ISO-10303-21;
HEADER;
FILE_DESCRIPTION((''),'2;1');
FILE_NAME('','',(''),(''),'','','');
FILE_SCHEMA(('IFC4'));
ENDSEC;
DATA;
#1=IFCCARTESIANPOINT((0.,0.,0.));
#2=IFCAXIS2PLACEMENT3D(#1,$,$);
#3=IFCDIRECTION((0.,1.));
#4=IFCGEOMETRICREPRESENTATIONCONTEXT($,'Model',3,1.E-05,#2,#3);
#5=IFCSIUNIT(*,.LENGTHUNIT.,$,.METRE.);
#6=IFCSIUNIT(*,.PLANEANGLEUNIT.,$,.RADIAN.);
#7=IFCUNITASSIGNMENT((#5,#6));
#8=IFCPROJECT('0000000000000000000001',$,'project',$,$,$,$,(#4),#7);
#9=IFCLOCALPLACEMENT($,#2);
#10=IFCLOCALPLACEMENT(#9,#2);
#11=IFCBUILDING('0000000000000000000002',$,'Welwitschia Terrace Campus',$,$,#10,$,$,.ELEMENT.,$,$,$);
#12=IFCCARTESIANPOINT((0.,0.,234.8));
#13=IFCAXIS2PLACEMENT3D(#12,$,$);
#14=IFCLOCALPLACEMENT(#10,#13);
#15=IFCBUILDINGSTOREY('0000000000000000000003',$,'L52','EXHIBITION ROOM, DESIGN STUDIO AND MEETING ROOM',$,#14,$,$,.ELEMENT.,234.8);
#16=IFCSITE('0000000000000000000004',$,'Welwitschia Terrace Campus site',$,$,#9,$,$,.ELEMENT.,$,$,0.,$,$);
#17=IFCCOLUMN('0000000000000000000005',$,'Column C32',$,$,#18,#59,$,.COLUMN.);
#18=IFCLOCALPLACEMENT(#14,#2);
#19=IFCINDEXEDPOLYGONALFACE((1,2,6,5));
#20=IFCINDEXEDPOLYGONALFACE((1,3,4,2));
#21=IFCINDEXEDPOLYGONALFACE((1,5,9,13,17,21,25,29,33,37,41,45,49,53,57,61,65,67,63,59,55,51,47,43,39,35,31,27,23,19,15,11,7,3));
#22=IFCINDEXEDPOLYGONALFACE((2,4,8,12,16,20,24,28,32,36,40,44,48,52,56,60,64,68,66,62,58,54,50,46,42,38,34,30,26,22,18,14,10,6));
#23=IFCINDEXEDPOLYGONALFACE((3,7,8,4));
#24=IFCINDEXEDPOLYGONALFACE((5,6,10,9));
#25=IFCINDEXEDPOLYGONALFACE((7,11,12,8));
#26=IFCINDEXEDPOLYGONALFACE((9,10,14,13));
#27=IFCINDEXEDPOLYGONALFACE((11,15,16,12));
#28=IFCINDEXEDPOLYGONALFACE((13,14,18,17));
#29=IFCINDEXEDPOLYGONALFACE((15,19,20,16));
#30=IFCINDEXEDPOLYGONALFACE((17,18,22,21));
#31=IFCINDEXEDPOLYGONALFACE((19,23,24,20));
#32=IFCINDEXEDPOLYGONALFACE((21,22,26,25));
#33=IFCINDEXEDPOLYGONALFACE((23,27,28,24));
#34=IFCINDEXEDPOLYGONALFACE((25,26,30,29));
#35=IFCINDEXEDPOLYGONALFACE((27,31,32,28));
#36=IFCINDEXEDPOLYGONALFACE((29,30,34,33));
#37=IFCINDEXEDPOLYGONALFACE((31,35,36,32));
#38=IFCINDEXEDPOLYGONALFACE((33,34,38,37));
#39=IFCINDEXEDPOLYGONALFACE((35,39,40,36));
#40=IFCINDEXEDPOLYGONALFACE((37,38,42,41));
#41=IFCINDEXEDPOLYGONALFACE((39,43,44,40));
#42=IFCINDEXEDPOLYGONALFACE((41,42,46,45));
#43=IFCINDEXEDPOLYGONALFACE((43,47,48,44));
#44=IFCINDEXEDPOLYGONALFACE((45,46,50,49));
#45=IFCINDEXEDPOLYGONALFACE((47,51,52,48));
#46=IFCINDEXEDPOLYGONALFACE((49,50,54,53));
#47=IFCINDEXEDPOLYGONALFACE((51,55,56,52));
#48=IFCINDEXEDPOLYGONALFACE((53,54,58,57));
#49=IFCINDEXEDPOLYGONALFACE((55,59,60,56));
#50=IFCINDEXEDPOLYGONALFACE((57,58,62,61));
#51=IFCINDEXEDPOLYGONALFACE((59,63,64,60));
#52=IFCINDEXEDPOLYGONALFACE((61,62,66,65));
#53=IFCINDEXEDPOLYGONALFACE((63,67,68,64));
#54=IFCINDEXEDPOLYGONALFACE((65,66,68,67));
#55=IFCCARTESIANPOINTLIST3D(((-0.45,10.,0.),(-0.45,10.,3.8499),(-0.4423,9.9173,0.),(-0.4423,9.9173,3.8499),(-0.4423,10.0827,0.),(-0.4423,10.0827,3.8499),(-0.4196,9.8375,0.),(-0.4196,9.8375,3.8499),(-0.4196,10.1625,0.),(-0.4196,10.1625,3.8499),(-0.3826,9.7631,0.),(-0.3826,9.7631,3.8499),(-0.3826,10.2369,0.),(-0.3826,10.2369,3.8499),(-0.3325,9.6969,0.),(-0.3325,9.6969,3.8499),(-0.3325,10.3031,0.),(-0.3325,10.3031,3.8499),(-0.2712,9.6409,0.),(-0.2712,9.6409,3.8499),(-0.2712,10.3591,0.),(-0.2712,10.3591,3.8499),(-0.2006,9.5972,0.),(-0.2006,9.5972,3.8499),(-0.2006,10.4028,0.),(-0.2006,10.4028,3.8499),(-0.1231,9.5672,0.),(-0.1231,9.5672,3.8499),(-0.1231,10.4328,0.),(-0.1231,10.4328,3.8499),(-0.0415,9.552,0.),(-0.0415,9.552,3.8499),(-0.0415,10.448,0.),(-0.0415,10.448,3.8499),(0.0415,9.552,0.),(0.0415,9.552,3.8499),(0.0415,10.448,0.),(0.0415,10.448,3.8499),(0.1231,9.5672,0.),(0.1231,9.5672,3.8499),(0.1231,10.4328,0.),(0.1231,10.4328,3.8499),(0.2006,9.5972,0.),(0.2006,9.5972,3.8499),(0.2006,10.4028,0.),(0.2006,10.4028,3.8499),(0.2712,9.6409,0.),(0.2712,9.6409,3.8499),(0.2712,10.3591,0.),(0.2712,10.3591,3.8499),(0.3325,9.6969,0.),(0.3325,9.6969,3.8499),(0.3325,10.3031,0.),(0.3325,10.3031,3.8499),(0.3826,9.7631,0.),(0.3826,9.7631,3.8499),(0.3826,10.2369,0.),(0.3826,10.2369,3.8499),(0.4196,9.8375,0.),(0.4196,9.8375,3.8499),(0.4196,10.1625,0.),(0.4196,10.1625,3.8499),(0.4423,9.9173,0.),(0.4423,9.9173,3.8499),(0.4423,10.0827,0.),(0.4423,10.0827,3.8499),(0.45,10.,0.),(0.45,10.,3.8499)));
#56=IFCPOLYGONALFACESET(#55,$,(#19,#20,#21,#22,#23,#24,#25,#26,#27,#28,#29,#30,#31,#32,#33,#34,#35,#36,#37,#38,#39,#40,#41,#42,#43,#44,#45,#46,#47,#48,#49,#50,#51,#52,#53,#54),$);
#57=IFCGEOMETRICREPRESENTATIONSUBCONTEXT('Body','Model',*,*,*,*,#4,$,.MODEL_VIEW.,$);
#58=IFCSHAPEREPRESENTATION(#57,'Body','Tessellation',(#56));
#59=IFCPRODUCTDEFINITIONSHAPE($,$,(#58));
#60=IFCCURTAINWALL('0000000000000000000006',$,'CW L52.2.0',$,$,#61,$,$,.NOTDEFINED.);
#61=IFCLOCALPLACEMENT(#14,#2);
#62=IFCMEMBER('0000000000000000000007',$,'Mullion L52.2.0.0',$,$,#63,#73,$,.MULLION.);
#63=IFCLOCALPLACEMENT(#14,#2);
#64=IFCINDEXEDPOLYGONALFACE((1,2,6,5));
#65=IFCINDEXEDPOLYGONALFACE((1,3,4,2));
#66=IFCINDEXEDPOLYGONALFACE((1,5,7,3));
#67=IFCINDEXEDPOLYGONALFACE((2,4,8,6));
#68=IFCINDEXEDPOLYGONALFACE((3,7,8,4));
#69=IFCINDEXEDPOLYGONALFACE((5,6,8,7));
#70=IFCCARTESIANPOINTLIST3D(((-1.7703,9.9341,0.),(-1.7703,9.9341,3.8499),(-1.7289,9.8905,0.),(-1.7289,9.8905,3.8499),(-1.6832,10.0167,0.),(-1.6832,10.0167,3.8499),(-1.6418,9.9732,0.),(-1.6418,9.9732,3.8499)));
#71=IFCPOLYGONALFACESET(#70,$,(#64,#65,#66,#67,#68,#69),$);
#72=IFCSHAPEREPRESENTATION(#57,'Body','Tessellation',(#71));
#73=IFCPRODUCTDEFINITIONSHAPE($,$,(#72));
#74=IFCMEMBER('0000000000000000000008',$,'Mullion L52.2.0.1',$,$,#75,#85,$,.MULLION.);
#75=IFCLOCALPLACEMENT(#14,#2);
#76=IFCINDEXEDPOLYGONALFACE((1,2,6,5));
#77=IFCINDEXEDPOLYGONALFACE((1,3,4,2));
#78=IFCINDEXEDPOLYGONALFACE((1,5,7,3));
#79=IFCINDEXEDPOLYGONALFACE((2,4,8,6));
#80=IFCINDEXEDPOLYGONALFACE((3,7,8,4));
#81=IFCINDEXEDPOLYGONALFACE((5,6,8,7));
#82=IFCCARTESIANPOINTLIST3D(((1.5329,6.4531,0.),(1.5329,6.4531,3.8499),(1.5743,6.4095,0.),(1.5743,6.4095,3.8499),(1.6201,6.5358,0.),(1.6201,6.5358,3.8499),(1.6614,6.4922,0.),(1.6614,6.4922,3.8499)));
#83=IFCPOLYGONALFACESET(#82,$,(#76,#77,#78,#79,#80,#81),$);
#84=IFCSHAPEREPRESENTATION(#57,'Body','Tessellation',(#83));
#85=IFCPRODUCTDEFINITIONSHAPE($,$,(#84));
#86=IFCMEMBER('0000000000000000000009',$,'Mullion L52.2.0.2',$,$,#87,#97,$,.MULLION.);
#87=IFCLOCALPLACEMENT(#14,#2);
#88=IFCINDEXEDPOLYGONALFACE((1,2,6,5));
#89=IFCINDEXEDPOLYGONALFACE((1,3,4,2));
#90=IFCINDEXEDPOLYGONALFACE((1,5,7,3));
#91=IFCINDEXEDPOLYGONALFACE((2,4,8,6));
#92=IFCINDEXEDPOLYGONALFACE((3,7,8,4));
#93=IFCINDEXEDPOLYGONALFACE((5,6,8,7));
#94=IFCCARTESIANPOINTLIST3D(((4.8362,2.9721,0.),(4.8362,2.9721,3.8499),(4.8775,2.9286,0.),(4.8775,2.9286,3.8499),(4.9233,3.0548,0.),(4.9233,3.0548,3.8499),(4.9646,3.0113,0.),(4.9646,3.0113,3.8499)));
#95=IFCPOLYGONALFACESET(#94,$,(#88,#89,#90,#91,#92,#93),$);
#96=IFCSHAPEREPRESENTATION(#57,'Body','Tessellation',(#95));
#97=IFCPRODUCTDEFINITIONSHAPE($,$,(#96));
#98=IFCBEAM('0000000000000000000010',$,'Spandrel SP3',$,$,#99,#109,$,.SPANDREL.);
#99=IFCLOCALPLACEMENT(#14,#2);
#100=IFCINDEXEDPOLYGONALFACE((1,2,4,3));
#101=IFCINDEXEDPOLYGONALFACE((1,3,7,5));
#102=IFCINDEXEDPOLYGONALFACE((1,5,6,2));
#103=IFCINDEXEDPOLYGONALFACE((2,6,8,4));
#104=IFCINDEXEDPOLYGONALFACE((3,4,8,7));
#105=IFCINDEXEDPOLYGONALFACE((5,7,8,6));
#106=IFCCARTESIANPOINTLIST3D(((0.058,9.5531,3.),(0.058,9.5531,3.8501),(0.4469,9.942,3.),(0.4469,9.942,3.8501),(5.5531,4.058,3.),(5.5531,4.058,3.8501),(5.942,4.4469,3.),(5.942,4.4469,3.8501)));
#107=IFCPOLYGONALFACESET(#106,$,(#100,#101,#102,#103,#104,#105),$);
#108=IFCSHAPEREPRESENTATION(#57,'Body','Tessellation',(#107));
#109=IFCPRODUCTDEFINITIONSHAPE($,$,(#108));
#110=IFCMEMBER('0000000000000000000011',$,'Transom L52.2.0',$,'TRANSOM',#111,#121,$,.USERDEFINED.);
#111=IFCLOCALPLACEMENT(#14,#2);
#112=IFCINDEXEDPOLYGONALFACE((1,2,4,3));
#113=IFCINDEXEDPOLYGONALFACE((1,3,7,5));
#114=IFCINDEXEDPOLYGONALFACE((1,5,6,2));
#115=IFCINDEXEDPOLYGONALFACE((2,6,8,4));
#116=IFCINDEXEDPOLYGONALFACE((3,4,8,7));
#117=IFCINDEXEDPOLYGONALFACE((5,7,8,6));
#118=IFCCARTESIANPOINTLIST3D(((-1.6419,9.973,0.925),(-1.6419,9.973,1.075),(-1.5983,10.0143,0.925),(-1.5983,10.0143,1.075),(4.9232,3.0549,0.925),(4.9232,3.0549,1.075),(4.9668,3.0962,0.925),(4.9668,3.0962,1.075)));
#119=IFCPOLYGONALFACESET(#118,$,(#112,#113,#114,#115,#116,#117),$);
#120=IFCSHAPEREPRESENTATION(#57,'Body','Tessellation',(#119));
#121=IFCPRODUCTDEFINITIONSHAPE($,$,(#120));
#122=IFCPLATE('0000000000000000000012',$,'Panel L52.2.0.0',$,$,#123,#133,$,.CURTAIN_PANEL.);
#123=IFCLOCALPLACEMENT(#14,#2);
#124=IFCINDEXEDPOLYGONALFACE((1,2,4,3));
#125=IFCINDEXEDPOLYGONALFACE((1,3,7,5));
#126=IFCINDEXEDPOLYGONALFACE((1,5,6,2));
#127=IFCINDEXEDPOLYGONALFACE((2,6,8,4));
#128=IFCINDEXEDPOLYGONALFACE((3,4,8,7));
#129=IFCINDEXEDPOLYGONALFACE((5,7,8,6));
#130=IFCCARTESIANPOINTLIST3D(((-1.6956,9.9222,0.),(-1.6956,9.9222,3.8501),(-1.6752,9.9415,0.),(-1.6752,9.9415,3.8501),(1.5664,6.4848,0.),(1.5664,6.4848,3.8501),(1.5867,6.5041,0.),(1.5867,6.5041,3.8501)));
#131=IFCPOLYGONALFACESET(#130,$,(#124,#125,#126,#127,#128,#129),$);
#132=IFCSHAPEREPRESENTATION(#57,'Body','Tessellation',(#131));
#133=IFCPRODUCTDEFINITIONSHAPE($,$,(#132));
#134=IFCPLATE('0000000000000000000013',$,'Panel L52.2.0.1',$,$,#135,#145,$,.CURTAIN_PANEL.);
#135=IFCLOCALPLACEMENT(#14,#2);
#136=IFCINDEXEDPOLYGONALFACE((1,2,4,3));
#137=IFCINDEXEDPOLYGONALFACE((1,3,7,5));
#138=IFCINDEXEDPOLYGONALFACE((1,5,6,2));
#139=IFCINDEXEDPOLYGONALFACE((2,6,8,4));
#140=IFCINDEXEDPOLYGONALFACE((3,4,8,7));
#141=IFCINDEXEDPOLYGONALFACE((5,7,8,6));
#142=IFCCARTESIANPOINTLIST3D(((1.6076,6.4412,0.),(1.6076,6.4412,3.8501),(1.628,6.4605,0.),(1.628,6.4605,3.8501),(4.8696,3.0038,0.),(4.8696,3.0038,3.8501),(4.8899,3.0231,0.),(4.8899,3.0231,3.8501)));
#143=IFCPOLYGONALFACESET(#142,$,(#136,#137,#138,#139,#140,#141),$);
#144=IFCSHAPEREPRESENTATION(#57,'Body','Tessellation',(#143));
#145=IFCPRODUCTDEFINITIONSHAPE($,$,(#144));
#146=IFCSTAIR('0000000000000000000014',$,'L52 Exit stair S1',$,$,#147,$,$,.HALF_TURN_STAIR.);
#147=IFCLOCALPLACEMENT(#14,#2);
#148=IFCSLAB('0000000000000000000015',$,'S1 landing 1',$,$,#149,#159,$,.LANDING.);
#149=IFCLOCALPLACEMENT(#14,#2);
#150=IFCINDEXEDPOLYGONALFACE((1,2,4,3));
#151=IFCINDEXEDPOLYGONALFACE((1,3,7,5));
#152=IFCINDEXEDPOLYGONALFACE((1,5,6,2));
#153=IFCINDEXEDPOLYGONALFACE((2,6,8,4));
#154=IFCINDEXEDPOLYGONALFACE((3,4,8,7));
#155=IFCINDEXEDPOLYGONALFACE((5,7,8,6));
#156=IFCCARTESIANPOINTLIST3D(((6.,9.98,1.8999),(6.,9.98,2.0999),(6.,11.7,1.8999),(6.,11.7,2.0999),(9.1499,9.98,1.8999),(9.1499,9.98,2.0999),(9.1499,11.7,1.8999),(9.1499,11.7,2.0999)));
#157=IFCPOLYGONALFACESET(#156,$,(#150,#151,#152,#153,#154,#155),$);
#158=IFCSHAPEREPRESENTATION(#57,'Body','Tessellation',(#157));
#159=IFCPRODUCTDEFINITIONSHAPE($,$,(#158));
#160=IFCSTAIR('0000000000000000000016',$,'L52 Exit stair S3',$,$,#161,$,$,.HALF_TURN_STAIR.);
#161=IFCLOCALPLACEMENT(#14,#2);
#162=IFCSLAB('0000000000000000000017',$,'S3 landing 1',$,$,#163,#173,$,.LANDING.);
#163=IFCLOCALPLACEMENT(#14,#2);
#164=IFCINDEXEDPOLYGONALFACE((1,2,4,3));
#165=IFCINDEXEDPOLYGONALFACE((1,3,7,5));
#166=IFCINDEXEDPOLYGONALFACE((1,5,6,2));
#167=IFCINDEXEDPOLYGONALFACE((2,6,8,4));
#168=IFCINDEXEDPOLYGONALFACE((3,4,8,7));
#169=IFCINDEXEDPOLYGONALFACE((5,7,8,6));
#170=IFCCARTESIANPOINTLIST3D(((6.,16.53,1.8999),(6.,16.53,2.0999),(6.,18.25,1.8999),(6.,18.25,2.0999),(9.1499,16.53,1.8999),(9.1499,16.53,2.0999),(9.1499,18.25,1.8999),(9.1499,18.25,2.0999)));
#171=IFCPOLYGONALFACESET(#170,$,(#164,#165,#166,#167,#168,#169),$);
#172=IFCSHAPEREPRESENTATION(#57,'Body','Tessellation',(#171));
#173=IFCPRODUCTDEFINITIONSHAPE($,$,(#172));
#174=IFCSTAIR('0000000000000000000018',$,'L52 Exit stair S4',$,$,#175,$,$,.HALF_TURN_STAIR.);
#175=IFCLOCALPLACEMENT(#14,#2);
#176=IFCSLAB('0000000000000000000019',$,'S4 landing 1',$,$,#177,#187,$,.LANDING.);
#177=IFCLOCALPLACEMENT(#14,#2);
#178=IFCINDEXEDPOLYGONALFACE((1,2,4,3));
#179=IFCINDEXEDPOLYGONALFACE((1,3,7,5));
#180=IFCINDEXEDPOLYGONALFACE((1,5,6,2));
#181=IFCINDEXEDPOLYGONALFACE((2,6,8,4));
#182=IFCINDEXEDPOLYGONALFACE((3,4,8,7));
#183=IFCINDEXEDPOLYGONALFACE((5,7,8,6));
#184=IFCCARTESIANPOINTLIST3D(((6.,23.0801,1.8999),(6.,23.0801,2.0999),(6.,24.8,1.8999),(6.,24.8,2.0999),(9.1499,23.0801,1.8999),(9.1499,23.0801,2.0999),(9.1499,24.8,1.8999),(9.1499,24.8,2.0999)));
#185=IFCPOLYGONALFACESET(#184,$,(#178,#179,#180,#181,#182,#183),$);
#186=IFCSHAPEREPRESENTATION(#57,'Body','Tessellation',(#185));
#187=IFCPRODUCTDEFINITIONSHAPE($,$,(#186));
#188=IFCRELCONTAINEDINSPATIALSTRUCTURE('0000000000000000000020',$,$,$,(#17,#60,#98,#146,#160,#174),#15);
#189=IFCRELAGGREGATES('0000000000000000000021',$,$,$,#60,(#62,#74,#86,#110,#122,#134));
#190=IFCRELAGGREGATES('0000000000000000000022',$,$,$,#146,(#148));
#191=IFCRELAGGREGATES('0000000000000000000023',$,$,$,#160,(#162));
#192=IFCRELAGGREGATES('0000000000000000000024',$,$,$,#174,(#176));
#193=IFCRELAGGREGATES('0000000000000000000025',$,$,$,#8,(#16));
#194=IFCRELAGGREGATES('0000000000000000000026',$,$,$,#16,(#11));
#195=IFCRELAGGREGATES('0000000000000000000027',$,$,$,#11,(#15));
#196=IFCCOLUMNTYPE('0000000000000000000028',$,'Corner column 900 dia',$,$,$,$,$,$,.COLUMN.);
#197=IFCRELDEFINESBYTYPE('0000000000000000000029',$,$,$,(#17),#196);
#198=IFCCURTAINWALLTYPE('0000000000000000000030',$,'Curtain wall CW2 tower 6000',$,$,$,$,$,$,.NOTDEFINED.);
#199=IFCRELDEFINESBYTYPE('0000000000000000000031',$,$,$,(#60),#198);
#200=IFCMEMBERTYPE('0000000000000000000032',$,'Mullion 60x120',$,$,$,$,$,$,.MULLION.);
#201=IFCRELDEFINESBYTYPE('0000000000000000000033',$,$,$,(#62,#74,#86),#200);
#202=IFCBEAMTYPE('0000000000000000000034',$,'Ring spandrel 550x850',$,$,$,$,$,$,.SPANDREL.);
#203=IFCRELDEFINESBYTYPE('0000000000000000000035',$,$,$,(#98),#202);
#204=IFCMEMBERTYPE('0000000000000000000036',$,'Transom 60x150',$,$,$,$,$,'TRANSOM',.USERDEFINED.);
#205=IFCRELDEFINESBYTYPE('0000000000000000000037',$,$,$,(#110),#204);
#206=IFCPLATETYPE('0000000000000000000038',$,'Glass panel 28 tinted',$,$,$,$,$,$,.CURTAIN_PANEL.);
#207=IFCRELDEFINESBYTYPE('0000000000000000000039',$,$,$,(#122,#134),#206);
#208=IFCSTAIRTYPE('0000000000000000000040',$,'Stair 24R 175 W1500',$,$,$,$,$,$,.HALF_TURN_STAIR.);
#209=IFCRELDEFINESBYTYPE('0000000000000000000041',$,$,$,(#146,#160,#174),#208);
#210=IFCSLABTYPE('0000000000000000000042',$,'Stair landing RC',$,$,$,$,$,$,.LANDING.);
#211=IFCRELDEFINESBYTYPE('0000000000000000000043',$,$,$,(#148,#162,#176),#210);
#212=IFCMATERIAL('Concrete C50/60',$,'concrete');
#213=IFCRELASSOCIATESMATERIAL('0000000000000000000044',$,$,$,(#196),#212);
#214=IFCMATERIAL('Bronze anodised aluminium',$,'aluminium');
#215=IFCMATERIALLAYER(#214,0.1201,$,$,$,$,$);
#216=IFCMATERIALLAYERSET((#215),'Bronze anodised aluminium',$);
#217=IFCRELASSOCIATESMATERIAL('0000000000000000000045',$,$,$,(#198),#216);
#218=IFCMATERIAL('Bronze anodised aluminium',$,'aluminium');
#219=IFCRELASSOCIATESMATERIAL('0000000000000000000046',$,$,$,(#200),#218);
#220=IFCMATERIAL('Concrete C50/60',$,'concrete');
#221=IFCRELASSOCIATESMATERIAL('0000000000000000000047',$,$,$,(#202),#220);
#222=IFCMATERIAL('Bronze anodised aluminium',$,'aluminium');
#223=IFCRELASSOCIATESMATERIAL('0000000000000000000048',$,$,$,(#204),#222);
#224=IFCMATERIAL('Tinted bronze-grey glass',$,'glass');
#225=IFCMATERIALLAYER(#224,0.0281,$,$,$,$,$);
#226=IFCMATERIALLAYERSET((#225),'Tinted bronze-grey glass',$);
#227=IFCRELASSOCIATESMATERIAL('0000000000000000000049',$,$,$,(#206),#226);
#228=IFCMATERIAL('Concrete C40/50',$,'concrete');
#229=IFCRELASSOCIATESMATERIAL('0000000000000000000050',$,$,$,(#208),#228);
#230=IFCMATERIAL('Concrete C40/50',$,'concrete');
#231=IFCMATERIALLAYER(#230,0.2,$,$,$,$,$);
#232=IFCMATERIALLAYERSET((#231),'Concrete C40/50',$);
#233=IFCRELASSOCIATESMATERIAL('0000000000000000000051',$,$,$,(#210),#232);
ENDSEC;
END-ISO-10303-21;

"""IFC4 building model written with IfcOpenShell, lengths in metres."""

from ifc_helpers import new_model, si_unit, direction, frame, origin, origin_2d, place, context, subcontext, project, spatial, polyline, rectangle, circle, outline, extrude, material, layer, layer_set, material_profile, profile_set, type_object, element, aggregate, save


model = new_model("IFC4")

# Units and contexts
model_context = context("Model", 3, precision=1e-05, world=origin(), true_north=direction((0.0, 1.0)))
body_context = subcontext(model_context, "Body", "Model", "MODEL_VIEW")
ifc_project = project(units=[si_unit("LENGTHUNIT", "METRE"), si_unit("PLANEANGLEUNIT", "RADIAN")], contexts=[model_context])

# Site, building, storey
site_placement = place(None, origin())
site = spatial("IfcSite", under=ifc_project, at=site_placement, Name="Welwitschia Terrace Campus site", CompositionType="ELEMENT", RefElevation=0.0)
building_placement = place(site_placement, origin())
building = spatial("IfcBuilding", under=site, at=building_placement, Name="Welwitschia Terrace Campus", CompositionType="ELEMENT")
storey_placement = place(building_placement, frame((0.0, 0.0, 234.8)))
storey = spatial("IfcBuildingStorey", under=building, at=storey_placement, Name="L52", Description="EXHIBITION ROOM, DESIGN STUDIO AND MEETING ROOM", CompositionType="ELEMENT", Elevation=234.8)

# Column
ifc_material_1 = material(Name="Concrete C50/60", Category="concrete")
ifc_material_profile_1 = material_profile(ifc_material_1, circle(Radius=0.45, at=origin_2d()))
ifc_profile_set_1 = profile_set([ifc_material_profile_1], Name="Concrete C50/60")
column_type = type_object("IfcColumnType", Name="Corner column 900 dia", PredefinedType="COLUMN", material=ifc_profile_set_1)
column_placement = place(storey_placement, frame((0.0, 10.0, 0.0), z_axis=(0.0, 0.0, 1.0), x_axis=(1.0, 0.0, 0.0)))
element("IfcColumn", 1, at=column_placement, inside=storey, type_object=column_type, Name="Column C32", PredefinedType="COLUMN", context=body_context, shape_type="SweptSolid", body=[
    extrude(circle(Radius=0.45, at=origin_2d()), origin(), (0.0, 0.0, 1.0), 3.8499),
])

# Curtain wall, members
ifc_material_2 = material(Name="Bronze anodised aluminium", Category="aluminium")
ifc_layer_1 = layer(ifc_material_2, 0.1201)
ifc_layer_set_1 = layer_set([ifc_layer_1], Name="Bronze anodised aluminium")
curtain_wall_type = type_object("IfcCurtainWallType", Name="Curtain wall CW2 tower 6000", PredefinedType="NOTDEFINED", material=ifc_layer_set_1)
curtain_wall_placement = place(storey_placement, origin())
curtain_wall = element("IfcCurtainWall", 2, at=curtain_wall_placement, inside=storey, type_object=curtain_wall_type, Name="CW L52.2.0", PredefinedType="NOTDEFINED")
ifc_material_3 = material(Name="Bronze anodised aluminium", Category="aluminium")
ifc_material_profile_2 = material_profile(ifc_material_3, rectangle(XDim=0.1201, YDim=0.0601, at=origin_2d()))
ifc_profile_set_2 = profile_set([ifc_material_profile_2], Name="Bronze anodised aluminium")
member_type_1 = type_object("IfcMemberType", Name="Mullion 60x120", PredefinedType="MULLION", material=ifc_profile_set_2)
member_1_placement = place(storey_placement, frame((-1.7061, 9.9536, 0.0), z_axis=(0.0, 0.0, 1.0), x_axis=(0.725374, 0.688355, 0.0)))
member_1 = element("IfcMember", 3, at=member_1_placement, type_object=member_type_1, Name="Mullion L52.2.0.0", PredefinedType="MULLION", context=body_context, shape_type="SweptSolid", body=[
    extrude(rectangle(XDim=0.1201, YDim=0.0601, at=origin_2d()), origin(), (0.0, 0.0, 1.0), 3.8499),
])
member_2_placement = place(storey_placement, frame((1.5972, 6.4727, 0.0), z_axis=(0.0, 0.0, 1.0), x_axis=(0.725374, 0.688355, 0.0)))
member_2 = element("IfcMember", 4, at=member_2_placement, type_object=member_type_1, Name="Mullion L52.2.0.1", PredefinedType="MULLION", context=body_context, shape_type="SweptSolid", body=[
    extrude(rectangle(XDim=0.1201, YDim=0.0601, at=origin_2d()), origin(), (0.0, 0.0, 1.0), 3.8499),
])
member_3_placement = place(storey_placement, frame((4.9004, 2.9917, 0.0), z_axis=(0.0, 0.0, 1.0), x_axis=(0.725374, 0.688355, 0.0)))
member_3 = element("IfcMember", 5, at=member_3_placement, type_object=member_type_1, Name="Mullion L52.2.0.2", PredefinedType="MULLION", context=body_context, shape_type="SweptSolid", body=[
    extrude(rectangle(XDim=0.1201, YDim=0.0601, at=origin_2d()), origin(), (0.0, 0.0, 1.0), 3.8499),
])

# Beam
ifc_material_4 = material(Name="Concrete C50/60", Category="concrete")
ifc_material_profile_3 = material_profile(ifc_material_4, rectangle(XDim=0.55, YDim=0.8501, at=origin_2d()))
ifc_profile_set_3 = profile_set([ifc_material_profile_3], Name="Concrete C50/60")
beam_type = type_object("IfcBeamType", Name="Ring spandrel 550x850", PredefinedType="SPANDREL", material=ifc_profile_set_3)
beam_placement = place(storey_placement, frame((0.2524, 9.7476, 3.425), z_axis=(0.707107, -0.707107, 0.0), x_axis=(0.707107, 0.707107, 0.0)))
element("IfcBeam", 6, at=beam_placement, inside=storey, type_object=beam_type, Name="Spandrel SP3", PredefinedType="SPANDREL", context=body_context, shape_type="SweptSolid", body=[
    extrude(rectangle(XDim=0.55, YDim=0.8501, at=origin_2d()), origin(), (0.0, 0.0, 1.0), 7.7712),
])

# Member
ifc_material_5 = material(Name="Bronze anodised aluminium", Category="aluminium")
ifc_material_profile_4 = material_profile(ifc_material_5, rectangle(XDim=0.0601, YDim=0.1499, at=origin_2d()))
ifc_profile_set_4 = profile_set([ifc_material_profile_4], Name="Bronze anodised aluminium")
member_type_2 = type_object("IfcMemberType", Name="Transom 60x150", ElementType="TRANSOM", PredefinedType="USERDEFINED", material=ifc_profile_set_4)
member_4_placement = place(storey_placement, frame((-1.6201, 9.9937, 1.0), z_axis=(0.688357, -0.725372, 0.0), x_axis=(0.725372, 0.688357, 0.0)))
member_4 = element("IfcMember", 7, at=member_4_placement, type_object=member_type_2, Name="Transom L52.2.0", ObjectType="TRANSOM", PredefinedType="USERDEFINED", context=body_context, shape_type="SweptSolid", body=[
    extrude(rectangle(XDim=0.0601, YDim=0.1499, at=origin_2d()), origin(), (0.0, 0.0, 1.0), 9.5374),
])

# Plates
ifc_material_6 = material(Name="Tinted bronze-grey glass", Category="glass")
ifc_layer_2 = layer(ifc_material_6, 0.0281)
ifc_layer_set_2 = layer_set([ifc_layer_2], Name="Tinted bronze-grey glass")
plate_type = type_object("IfcPlateType", Name="Glass panel 28 tinted", PredefinedType="CURTAIN_PANEL", material=ifc_layer_set_2)
plate_1_placement = place(storey_placement, frame((-0.0544, 8.2131, 0.0), z_axis=(0.0, 0.0, 1.0), x_axis=(0.688355, -0.725374, 0.0)))
plate_1 = element("IfcPlate", 8, at=plate_1_placement, type_object=plate_type, Name="Panel L52.2.0.0", PredefinedType="CURTAIN_PANEL", context=body_context, shape_type="SweptSolid", body=[
    extrude(rectangle(XDim=4.7388, YDim=0.0281, at=origin_2d()), origin(), (0.0, 0.0, 1.0), 3.8501),
])
plate_2_placement = place(storey_placement, frame((3.2488, 4.7322, 0.0), z_axis=(0.0, 0.0, 1.0), x_axis=(0.688355, -0.725374, 0.0)))
plate_2 = element("IfcPlate", 9, at=plate_2_placement, type_object=plate_type, Name="Panel L52.2.0.1", PredefinedType="CURTAIN_PANEL", context=body_context, shape_type="SweptSolid", body=[
    extrude(rectangle(XDim=4.7388, YDim=0.0281, at=origin_2d()), origin(), (0.0, 0.0, 1.0), 3.8501),
])
aggregate(curtain_wall, [member_1, member_2, member_3, member_4, plate_1, plate_2])

# Stairs, slabs
ifc_material_7 = material(Name="Concrete C40/50", Category="concrete")
stair_type = type_object("IfcStairType", Name="Stair 24R 175 W1500", PredefinedType="HALF_TURN_STAIR", material=ifc_material_7)
stair_1_placement = place(storey_placement, origin())
stair_1 = element("IfcStair", 10, at=stair_1_placement, inside=storey, type_object=stair_type, Name="L52 Exit stair S1", PredefinedType="HALF_TURN_STAIR")
ifc_material_8 = material(Name="Concrete C40/50", Category="concrete")
ifc_layer_3 = layer(ifc_material_8, 0.2)
ifc_layer_set_3 = layer_set([ifc_layer_3], Name="Concrete C40/50")
slab_type_1 = type_object("IfcSlabType", Name="Stair landing RC", PredefinedType="LANDING", material=ifc_layer_set_3)
slab_1_placement = place(storey_placement, frame((0.0, 0.0, 1.8999)))
slab_1 = element("IfcSlab", 11, at=slab_1_placement, type_object=slab_type_1, Name="S1 landing 1", PredefinedType="LANDING", context=body_context, shape_type="SweptSolid", body=[
    extrude(outline(polyline([(9.1499, 9.98), (9.1499, 11.7), (6.0, 11.7), (6.0, 9.98), (9.1499, 9.98)])), origin(), (0.0, 0.0, 1.0), 0.2),
])
aggregate(stair_1, [slab_1])
stair_2_placement = place(storey_placement, origin())
stair_2 = element("IfcStair", 12, at=stair_2_placement, inside=storey, type_object=stair_type, Name="L52 Exit stair S3", PredefinedType="HALF_TURN_STAIR")
slab_2_placement = place(storey_placement, frame((0.0, 0.0, 1.8999)))
slab_2 = element("IfcSlab", 13, at=slab_2_placement, type_object=slab_type_1, Name="S3 landing 1", PredefinedType="LANDING", context=body_context, shape_type="SweptSolid", body=[
    extrude(outline(polyline([(9.1499, 16.53), (9.1499, 18.25), (6.0, 18.25), (6.0, 16.53), (9.1499, 16.53)])), origin(), (0.0, 0.0, 1.0), 0.2),
])
aggregate(stair_2, [slab_2])
stair_3_placement = place(storey_placement, origin())
stair_3 = element("IfcStair", 14, at=stair_3_placement, inside=storey, type_object=stair_type, Name="L52 Exit stair S4", PredefinedType="HALF_TURN_STAIR")
slab_3_placement = place(storey_placement, frame((0.0, 0.0, 1.8999)))
slab_3 = element("IfcSlab", 15, at=slab_3_placement, type_object=slab_type_1, Name="S4 landing 1", PredefinedType="LANDING", context=body_context, shape_type="SweptSolid", body=[
    extrude(outline(polyline([(9.1499, 23.0801), (9.1499, 24.8), (6.0, 24.8), (6.0, 23.0801), (9.1499, 23.0801)])), origin(), (0.0, 0.0, 1.0), 0.2),
])
aggregate(stair_3, [slab_3])

save(model, "model.ifc")
